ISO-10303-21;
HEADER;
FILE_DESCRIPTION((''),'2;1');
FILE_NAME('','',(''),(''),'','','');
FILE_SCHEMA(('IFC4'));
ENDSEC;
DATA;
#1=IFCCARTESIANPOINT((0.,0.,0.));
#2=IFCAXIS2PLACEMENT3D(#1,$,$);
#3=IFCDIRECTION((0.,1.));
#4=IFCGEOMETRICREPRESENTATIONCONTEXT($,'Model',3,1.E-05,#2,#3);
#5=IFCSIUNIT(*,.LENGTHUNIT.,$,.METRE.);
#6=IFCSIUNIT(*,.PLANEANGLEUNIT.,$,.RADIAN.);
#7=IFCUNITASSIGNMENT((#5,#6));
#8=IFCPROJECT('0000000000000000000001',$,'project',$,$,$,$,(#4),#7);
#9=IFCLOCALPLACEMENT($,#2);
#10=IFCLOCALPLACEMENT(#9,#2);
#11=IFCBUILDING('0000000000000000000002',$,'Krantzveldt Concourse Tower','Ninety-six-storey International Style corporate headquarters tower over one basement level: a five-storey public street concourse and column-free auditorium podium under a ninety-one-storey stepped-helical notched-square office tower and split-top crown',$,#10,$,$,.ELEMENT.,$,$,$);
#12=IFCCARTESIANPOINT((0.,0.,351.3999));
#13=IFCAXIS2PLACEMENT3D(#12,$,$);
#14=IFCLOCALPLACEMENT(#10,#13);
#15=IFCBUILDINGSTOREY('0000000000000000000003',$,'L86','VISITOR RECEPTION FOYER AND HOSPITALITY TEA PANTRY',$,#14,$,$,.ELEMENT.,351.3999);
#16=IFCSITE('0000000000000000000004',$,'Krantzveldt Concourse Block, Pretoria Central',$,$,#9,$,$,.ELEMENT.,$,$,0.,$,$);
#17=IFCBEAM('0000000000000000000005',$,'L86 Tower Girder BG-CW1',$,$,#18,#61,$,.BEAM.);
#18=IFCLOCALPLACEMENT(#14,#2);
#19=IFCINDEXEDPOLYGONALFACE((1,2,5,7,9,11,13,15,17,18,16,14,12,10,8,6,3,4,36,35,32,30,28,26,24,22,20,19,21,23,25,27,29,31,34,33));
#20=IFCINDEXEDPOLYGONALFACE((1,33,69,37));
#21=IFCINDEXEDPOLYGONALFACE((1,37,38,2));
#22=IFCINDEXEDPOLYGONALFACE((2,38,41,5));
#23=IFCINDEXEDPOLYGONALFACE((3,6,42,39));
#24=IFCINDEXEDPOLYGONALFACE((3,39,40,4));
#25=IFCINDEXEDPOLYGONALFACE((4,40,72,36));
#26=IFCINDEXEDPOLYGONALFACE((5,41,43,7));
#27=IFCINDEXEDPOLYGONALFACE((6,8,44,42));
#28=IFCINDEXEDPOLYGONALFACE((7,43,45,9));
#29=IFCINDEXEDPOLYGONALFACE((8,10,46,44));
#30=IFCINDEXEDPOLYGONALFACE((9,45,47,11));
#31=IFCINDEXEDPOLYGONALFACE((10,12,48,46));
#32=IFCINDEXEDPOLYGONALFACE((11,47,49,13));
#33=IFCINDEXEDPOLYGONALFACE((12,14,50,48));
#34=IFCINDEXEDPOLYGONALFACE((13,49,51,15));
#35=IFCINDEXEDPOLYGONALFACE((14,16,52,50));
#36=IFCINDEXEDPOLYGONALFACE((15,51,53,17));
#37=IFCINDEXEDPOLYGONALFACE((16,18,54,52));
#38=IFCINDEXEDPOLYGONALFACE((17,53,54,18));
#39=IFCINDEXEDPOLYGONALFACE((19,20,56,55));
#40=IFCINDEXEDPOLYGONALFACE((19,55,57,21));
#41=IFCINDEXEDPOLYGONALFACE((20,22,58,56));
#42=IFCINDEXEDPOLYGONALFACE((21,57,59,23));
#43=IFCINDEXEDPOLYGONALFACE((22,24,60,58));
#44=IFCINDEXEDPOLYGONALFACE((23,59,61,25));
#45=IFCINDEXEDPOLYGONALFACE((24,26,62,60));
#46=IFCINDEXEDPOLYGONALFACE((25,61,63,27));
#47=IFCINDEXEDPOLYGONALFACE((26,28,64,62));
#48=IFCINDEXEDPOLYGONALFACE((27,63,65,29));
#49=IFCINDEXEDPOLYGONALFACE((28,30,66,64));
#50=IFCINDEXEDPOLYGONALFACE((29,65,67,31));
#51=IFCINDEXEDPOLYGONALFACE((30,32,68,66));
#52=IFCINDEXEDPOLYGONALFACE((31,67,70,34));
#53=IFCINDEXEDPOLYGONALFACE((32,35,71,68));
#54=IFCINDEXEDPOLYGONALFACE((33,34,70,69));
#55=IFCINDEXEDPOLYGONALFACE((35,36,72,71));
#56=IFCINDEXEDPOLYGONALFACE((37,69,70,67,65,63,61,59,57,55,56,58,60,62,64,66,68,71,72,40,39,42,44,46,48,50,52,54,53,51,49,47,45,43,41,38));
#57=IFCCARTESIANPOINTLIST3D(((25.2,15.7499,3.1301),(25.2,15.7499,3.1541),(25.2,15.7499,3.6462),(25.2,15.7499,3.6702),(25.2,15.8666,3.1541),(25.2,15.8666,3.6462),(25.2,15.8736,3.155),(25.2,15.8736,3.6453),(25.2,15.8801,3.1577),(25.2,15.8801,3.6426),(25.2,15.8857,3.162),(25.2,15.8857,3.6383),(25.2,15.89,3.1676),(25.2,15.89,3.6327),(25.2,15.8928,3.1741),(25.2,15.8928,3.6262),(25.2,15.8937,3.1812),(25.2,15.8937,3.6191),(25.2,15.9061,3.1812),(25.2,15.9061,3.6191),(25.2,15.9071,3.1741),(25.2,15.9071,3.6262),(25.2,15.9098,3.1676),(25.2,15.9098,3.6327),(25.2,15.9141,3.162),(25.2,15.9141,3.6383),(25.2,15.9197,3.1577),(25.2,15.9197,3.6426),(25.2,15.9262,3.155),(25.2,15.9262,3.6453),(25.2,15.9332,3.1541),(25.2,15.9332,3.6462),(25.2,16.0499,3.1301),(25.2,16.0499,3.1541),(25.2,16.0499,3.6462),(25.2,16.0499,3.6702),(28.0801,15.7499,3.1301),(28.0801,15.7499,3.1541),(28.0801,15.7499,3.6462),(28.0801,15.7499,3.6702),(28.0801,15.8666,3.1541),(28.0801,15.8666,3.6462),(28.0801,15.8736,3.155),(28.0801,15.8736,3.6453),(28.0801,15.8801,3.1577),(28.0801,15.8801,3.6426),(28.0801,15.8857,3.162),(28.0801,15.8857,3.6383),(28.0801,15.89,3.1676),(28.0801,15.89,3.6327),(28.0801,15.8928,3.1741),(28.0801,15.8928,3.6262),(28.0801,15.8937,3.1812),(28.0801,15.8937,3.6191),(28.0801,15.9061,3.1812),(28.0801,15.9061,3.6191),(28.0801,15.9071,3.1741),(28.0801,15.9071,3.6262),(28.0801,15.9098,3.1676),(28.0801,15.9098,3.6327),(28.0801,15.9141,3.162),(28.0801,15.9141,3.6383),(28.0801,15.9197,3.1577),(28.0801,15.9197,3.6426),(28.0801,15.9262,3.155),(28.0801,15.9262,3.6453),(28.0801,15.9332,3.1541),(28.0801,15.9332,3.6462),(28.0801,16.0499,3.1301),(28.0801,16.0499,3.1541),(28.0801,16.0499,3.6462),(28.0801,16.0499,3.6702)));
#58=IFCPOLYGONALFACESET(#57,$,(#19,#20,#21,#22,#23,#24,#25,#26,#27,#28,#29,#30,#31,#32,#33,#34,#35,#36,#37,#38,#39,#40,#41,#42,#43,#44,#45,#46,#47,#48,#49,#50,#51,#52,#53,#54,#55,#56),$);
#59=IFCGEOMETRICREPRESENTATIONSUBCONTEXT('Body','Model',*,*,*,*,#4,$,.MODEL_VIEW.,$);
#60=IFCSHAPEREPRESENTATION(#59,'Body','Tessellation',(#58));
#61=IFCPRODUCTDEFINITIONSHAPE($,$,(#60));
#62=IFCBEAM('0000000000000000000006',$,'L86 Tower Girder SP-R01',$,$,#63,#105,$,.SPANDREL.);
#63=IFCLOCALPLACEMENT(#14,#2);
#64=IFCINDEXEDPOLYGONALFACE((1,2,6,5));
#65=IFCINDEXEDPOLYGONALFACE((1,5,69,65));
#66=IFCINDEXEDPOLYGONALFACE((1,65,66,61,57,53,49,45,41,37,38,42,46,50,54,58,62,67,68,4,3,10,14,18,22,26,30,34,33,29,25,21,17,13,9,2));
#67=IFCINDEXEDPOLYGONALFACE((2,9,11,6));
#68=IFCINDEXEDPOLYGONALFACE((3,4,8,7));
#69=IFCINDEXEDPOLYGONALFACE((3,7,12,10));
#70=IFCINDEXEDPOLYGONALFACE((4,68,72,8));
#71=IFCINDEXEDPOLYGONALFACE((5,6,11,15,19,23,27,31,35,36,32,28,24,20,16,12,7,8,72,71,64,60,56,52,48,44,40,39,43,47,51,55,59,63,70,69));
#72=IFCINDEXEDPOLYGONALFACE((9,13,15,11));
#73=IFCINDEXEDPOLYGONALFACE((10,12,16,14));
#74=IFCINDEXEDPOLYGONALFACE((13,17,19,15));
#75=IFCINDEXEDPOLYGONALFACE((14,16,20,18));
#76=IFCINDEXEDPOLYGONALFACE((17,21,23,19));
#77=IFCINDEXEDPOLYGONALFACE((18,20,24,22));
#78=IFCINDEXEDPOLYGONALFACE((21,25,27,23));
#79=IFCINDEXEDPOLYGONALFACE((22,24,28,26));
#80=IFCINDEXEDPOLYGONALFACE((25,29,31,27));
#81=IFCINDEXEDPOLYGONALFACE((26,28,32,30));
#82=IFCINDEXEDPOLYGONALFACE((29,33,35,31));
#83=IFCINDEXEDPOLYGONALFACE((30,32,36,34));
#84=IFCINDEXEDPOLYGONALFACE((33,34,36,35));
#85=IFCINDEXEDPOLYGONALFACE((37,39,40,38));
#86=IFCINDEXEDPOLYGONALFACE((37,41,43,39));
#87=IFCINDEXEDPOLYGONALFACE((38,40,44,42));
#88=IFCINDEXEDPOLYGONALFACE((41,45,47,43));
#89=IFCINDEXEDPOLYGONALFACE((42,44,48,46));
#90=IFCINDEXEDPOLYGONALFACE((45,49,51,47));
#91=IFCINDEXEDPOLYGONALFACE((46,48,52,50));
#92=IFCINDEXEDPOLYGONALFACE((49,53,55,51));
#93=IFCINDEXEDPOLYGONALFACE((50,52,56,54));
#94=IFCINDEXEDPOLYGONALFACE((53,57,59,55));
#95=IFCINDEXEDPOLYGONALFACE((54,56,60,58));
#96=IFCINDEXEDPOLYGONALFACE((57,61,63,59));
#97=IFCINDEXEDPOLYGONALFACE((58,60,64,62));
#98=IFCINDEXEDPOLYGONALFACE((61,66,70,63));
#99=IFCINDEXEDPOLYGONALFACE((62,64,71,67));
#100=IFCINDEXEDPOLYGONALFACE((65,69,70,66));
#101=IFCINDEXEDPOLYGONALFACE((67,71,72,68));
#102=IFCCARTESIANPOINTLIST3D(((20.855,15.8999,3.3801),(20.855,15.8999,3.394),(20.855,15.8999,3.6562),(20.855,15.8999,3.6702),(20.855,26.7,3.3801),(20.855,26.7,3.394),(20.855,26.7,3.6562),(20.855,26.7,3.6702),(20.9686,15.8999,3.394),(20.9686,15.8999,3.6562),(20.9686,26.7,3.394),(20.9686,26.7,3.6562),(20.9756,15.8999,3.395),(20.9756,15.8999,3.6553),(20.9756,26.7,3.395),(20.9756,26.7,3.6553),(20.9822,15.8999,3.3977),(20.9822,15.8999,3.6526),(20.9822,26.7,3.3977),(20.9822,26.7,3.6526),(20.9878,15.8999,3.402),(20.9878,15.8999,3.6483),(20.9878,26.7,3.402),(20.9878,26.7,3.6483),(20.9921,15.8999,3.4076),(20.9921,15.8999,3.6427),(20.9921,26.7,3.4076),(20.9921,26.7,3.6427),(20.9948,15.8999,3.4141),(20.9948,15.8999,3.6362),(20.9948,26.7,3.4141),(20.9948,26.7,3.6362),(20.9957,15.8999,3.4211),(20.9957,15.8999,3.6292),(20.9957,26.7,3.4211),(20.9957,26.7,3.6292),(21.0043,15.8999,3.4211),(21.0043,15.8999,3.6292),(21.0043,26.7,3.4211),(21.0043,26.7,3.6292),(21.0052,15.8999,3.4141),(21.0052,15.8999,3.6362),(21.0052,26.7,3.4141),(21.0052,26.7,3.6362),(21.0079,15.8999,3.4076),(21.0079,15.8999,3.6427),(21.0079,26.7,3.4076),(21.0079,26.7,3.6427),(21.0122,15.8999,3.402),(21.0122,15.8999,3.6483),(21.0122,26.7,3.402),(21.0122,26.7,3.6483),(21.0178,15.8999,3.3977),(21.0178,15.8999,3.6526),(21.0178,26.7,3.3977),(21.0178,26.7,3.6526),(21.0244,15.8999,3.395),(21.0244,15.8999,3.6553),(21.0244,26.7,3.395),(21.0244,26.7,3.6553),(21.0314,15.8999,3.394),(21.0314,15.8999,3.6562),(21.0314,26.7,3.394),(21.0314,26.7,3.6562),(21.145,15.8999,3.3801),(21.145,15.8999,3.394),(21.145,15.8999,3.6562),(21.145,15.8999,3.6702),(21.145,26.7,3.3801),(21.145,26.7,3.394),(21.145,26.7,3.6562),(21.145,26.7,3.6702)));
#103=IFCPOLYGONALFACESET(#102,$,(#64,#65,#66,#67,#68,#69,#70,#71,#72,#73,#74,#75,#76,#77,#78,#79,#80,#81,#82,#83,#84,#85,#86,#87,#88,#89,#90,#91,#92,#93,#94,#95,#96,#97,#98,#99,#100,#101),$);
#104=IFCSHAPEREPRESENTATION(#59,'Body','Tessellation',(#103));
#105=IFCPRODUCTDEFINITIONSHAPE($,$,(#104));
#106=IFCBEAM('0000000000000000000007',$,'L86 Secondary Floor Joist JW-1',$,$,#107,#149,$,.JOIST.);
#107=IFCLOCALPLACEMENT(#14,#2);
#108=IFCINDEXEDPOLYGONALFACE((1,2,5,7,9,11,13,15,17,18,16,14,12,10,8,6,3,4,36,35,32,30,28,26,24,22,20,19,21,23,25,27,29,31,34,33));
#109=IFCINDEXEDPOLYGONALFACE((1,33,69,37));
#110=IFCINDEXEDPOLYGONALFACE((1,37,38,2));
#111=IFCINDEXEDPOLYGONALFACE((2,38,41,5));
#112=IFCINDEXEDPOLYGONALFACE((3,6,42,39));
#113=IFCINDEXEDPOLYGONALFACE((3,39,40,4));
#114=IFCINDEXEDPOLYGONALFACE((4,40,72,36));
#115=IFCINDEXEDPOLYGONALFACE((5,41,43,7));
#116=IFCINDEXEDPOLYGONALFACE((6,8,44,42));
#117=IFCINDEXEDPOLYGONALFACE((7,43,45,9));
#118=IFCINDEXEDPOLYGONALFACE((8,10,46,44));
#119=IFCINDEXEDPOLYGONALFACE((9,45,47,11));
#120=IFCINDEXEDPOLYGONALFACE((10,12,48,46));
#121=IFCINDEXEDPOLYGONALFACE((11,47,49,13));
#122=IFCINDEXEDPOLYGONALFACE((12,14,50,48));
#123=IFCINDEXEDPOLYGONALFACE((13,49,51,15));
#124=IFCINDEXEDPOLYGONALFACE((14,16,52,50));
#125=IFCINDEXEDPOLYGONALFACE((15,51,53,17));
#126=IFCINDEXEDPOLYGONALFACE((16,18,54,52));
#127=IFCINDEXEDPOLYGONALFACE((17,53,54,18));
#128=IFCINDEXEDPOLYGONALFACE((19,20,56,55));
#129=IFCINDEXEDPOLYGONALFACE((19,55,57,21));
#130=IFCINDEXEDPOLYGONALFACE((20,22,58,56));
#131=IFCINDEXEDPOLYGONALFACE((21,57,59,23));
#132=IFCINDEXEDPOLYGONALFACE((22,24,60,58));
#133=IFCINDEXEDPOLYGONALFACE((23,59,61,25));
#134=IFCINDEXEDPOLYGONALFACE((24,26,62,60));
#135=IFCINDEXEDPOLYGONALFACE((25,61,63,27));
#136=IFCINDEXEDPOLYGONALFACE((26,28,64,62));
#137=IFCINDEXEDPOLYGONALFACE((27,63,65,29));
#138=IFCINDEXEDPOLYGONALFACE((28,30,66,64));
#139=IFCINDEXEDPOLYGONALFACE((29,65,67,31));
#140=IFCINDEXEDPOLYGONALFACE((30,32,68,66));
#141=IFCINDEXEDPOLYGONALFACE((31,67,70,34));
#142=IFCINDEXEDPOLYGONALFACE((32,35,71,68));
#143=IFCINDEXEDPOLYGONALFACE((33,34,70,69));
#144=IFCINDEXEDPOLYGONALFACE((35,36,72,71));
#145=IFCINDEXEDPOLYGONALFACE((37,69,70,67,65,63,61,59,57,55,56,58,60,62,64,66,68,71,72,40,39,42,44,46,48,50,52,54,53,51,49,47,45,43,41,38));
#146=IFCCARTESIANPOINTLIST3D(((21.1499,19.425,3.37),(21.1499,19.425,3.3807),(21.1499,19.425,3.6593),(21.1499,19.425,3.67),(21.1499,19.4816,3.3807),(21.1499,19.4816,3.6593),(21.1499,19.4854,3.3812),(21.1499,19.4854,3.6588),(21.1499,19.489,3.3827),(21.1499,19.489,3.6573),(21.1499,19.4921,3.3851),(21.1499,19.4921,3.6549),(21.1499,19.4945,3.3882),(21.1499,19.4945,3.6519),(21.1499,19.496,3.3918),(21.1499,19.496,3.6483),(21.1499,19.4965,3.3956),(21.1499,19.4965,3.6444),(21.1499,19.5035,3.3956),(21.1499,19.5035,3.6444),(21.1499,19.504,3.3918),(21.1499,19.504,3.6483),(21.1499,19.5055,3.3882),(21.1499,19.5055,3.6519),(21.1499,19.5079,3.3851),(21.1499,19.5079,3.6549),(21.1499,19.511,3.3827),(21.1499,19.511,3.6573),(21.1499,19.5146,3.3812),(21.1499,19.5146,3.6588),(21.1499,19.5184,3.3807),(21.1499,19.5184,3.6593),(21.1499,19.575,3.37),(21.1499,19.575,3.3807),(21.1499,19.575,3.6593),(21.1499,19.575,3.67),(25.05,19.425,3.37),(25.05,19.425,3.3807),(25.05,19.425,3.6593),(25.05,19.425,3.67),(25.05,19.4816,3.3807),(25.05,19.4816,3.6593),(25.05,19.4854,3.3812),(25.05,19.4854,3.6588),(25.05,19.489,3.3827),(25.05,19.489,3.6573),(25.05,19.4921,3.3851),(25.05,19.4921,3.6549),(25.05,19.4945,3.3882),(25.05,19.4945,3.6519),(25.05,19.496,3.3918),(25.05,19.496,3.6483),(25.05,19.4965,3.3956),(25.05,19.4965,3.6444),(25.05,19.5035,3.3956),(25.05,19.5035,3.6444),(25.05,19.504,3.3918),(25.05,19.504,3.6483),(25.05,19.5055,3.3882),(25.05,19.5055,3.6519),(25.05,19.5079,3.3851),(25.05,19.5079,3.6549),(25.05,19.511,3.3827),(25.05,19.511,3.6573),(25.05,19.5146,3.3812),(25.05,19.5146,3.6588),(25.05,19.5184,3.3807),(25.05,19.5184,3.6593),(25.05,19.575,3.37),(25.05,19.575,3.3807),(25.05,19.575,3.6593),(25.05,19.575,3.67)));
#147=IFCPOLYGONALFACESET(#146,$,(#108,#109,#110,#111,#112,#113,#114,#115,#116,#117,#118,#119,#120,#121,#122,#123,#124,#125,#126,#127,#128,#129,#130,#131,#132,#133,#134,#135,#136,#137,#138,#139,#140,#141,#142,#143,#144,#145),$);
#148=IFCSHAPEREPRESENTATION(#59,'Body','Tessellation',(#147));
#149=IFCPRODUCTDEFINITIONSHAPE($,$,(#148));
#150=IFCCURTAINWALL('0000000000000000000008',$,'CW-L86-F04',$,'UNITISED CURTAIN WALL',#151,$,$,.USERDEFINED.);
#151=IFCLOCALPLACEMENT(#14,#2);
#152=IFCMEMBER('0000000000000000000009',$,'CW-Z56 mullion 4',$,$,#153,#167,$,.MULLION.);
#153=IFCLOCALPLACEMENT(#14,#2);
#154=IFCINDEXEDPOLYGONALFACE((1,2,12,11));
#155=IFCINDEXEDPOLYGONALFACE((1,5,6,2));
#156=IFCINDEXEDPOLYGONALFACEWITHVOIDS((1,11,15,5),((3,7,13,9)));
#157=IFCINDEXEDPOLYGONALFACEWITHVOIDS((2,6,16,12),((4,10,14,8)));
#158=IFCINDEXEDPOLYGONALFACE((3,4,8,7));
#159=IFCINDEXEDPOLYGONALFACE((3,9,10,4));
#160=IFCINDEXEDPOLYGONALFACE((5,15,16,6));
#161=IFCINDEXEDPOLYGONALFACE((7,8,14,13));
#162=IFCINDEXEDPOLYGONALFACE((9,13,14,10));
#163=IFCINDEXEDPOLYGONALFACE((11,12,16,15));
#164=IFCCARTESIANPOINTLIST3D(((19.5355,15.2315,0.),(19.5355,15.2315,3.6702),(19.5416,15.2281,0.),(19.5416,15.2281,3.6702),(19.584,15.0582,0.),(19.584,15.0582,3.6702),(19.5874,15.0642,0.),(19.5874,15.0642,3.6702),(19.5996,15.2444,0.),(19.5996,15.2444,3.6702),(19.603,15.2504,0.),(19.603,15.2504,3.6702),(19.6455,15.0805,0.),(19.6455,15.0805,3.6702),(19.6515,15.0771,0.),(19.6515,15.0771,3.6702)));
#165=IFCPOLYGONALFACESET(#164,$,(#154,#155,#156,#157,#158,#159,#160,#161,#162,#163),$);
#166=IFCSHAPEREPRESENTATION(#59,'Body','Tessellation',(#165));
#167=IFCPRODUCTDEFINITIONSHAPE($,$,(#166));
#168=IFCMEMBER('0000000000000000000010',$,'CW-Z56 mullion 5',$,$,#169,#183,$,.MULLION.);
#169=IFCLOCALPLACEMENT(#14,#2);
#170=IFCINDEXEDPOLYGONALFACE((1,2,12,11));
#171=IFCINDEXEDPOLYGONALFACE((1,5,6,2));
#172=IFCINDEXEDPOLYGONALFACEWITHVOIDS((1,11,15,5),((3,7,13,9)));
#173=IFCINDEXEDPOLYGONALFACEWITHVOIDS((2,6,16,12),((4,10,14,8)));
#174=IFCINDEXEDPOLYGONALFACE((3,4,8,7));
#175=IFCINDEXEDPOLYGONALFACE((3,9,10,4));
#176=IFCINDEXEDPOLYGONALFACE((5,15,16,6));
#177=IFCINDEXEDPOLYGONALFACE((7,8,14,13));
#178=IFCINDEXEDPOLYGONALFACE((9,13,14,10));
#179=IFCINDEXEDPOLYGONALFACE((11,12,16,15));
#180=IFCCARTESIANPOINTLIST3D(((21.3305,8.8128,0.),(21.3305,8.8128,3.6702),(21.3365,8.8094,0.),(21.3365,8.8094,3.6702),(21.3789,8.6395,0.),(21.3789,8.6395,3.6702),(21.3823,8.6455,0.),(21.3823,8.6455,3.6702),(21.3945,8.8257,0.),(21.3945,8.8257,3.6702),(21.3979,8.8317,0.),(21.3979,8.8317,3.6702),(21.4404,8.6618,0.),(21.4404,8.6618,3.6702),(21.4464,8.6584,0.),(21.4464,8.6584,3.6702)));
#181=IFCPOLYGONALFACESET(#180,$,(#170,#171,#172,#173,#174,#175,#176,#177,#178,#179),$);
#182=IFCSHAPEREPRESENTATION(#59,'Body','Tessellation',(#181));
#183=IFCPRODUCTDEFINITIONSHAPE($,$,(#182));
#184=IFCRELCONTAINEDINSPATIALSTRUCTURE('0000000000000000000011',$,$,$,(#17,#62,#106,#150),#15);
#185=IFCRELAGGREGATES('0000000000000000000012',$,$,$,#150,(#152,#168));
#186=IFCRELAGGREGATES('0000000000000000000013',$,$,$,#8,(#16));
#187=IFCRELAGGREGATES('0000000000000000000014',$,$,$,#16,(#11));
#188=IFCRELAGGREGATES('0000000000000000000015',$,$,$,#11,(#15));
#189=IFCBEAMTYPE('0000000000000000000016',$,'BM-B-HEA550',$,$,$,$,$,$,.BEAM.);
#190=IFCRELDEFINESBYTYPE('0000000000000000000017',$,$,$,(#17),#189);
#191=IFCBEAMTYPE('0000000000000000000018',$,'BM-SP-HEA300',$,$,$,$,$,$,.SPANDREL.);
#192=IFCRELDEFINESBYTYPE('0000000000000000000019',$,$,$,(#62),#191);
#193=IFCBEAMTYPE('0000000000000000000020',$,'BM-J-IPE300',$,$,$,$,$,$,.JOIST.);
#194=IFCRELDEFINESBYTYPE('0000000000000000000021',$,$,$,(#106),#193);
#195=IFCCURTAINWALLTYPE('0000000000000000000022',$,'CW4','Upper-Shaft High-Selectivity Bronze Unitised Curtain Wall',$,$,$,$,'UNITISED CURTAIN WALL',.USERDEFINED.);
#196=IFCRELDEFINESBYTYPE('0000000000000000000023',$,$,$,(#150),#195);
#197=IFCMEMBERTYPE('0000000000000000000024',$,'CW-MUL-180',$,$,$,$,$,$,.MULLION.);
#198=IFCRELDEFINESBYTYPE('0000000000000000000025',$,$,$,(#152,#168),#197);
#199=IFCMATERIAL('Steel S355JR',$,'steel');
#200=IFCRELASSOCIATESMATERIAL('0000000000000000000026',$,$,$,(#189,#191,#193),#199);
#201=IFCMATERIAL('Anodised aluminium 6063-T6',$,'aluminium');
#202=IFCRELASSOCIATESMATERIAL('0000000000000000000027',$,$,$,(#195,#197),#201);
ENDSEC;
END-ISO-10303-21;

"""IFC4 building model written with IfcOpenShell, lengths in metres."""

from ifc_helpers import new_model, si_unit, direction, frame, origin, origin_2d, place, context, subcontext, project, spatial, hollow_rectangle, i_section, extrude, source, transform, mapped, material, material_profile, profile_set, type_object, type_shapes, element, aggregate, save


model = new_model("IFC4")

# Units and contexts
model_context = context("Model", 3, precision=1e-05, world=origin(), true_north=direction((0.0, 1.0)))
body_context = subcontext(model_context, "Body", "Model", "MODEL_VIEW")
ifc_project = project(units=[si_unit("LENGTHUNIT", "METRE"), si_unit("PLANEANGLEUNIT", "RADIAN")], contexts=[model_context])

# Site, building, storey
site_placement = place(None, origin())
site = spatial("IfcSite", under=ifc_project, at=site_placement, Name="Krantzveldt Concourse Block, Pretoria Central", CompositionType="ELEMENT", RefElevation=0.0)
building_placement = place(site_placement, origin())
building = spatial("IfcBuilding", under=site, at=building_placement, Name="Krantzveldt Concourse Tower", Description="Ninety-six-storey International Style corporate headquarters tower over one basement level: a five-storey public street concourse and column-free auditorium podium under a ninety-one-storey stepped-helical notched-square office tower and split-top crown", CompositionType="ELEMENT")
storey_placement = place(building_placement, frame((0.0, 0.0, 351.3999)))
storey = spatial("IfcBuildingStorey", under=building, at=storey_placement, Name="L86", Description="VISITOR RECEPTION FOYER AND HOSPITALITY TEA PANTRY", CompositionType="ELEMENT", Elevation=351.3999)

# Beams
ifc_material_1 = material(Name="Steel S355JR", Category="steel")
ifc_material_profile_1 = material_profile(ifc_material_1, i_section(OverallWidth=0.3, OverallDepth=0.54, WebThickness=0.0125, FlangeThickness=0.0239, FilletRadius=0.0271, at=origin_2d()), Name="Steel S355JR", Category="steel")
ifc_profile_set_1 = profile_set([ifc_material_profile_1], Name="Steel S355JR - HEA 550")
beam_type_1 = type_object("IfcBeamType", Name="BM-B-HEA550", PredefinedType="BEAM", material=ifc_profile_set_1)
shared_shape_1 = source(origin(), body_context, "Body", "SweptSolid", [
    extrude(i_section(OverallWidth=0.3, OverallDepth=0.54, WebThickness=0.0125, FlangeThickness=0.0239, FilletRadius=0.0271, at=origin_2d()), origin(), (0.0, 0.0, 1.0), 2.8801),
])
beam_1_placement = place(storey_placement, frame((25.2, 15.8999, 3.4001), z_axis=(1.0, 0.0, 0.0), x_axis=(0.0, 1.0, 0.0)))
element("IfcBeam", 1, at=beam_1_placement, inside=storey, type_object=beam_type_1, Name="L86 Tower Girder BG-CW1", PredefinedType="BEAM", context=body_context, shape_type="MappedRepresentation", body=[
    mapped(shared_shape_1, transform((0.0, 0.0, 0.0), x_axis=(1.0, 0.0, 0.0), y_axis=(0.0, 1.0, 0.0), z_axis=(0.0, 0.0, 1.0), scale=1.0)),
])
ifc_material_profile_2 = material_profile(ifc_material_1, i_section(OverallWidth=0.29, OverallDepth=0.29, WebThickness=0.0085, FlangeThickness=0.0139, FilletRadius=0.0271, at=origin_2d()), Name="Steel S355JR", Category="steel")
ifc_profile_set_2 = profile_set([ifc_material_profile_2], Name="Steel S355JR - HEA 300")
beam_type_2 = type_object("IfcBeamType", Name="BM-SP-HEA300", PredefinedType="SPANDREL", material=ifc_profile_set_2)
shared_shape_2 = source(origin(), body_context, "Body", "SweptSolid", [
    extrude(i_section(OverallWidth=0.29, OverallDepth=0.29, WebThickness=0.0085, FlangeThickness=0.0139, FilletRadius=0.0271, at=origin_2d()), origin(), (0.0, 0.0, 1.0), 10.8),
])
type_shapes(beam_type_2, [shared_shape_2])
beam_2_placement = place(storey_placement, frame((21.0, 15.8999, 3.5251), z_axis=(0.0, 1.0, 0.0), x_axis=(-1.0, 0.0, 0.0)))
element("IfcBeam", 2, at=beam_2_placement, inside=storey, type_object=beam_type_2, Name="L86 Tower Girder SP-R01", PredefinedType="SPANDREL", context=body_context, shape_type="MappedRepresentation", body=[
    mapped(shared_shape_2, transform((0.0, 0.0, 0.0), x_axis=(1.0, 0.0, 0.0), y_axis=(0.0, 1.0, 0.0), z_axis=(0.0, 0.0, 1.0), scale=1.0)),
])
ifc_material_profile_3 = material_profile(ifc_material_1, i_section(OverallWidth=0.1499, OverallDepth=0.3, WebThickness=0.0071, FlangeThickness=0.0107, FilletRadius=0.0149, at=origin_2d()), Name="Steel S355JR", Category="steel")
ifc_profile_set_3 = profile_set([ifc_material_profile_3], Name="Steel S355JR - IPE 300")
beam_type_3 = type_object("IfcBeamType", Name="BM-J-IPE300", PredefinedType="JOIST", material=ifc_profile_set_3)
shared_shape_3 = source(origin(), body_context, "Body", "SweptSolid", [
    extrude(i_section(OverallWidth=0.1499, OverallDepth=0.3, WebThickness=0.0071, FlangeThickness=0.0107, FilletRadius=0.0149, at=origin_2d()), origin(), (0.0, 0.0, 1.0), 3.9001),
])
type_shapes(beam_type_3, [shared_shape_3])
beam_3_placement = place(storey_placement, frame((21.1499, 19.5, 3.52), z_axis=(1.0, 0.0, 0.0), x_axis=(0.0, 1.0, 0.0)))
element("IfcBeam", 3, at=beam_3_placement, inside=storey, type_object=beam_type_3, Name="L86 Secondary Floor Joist JW-1", PredefinedType="JOIST", context=body_context, shape_type="MappedRepresentation", body=[
    mapped(shared_shape_3, transform((0.0, 0.0, 0.0), x_axis=(1.0, 0.0, 0.0), y_axis=(0.0, 1.0, 0.0), z_axis=(0.0, 0.0, 1.0), scale=1.0)),
])

# Curtain wall, members
ifc_material_2 = material(Name="Anodised aluminium 6063-T6", Category="aluminium")
curtain_wall_type = type_object("IfcCurtainWallType", Name="CW4", Description="Upper-Shaft High-Selectivity Bronze Unitised Curtain Wall", ElementType="UNITISED CURTAIN WALL", PredefinedType="USERDEFINED", material=ifc_material_2)
curtain_wall_1_placement = place(storey_placement, origin())
curtain_wall_1 = element("IfcCurtainWall", 4, at=curtain_wall_1_placement, inside=storey, type_object=curtain_wall_type, Name="CW-L86-F04", ObjectType="UNITISED CURTAIN WALL", PredefinedType="USERDEFINED")
ifc_material_profile_4 = material_profile(ifc_material_2, hollow_rectangle(XDim=0.0701, YDim=0.1799, WallThickness=0.0049, at=origin_2d()), Name="Anodised aluminium 6063-T6", Category="aluminium")
ifc_profile_set_4 = profile_set([ifc_material_profile_4], Name="Anodised aluminium 6063-T6 - ALU-MULL 180x70x5")
member_type_1 = type_object("IfcMemberType", Name="CW-MUL-180", PredefinedType="MULLION", material=ifc_profile_set_4)
shared_shape_4 = source(origin(), body_context, "Body", "SweptSolid", [
    extrude(hollow_rectangle(XDim=0.0701, YDim=0.1799, WallThickness=0.0049, at=origin_2d()), origin(), (0.0, 0.0, 1.0), 3.6702),
])
type_shapes(member_type_1, [shared_shape_4])
member_1_placement = place(storey_placement, frame((19.5935, 15.1543, 0.0), z_axis=(0.0, 0.0, 1.0), x_axis=(0.963045, 0.26934, 0.0)))
member_1 = element("IfcMember", 5, at=member_1_placement, type_object=member_type_1, Name="CW-Z56 mullion 4", PredefinedType="MULLION", context=body_context, shape_type="MappedRepresentation", body=[
    mapped(shared_shape_4, transform((0.0, 0.0, 0.0), x_axis=(1.0, 0.0, 0.0), y_axis=(0.0, 1.0, 0.0), z_axis=(0.0, 0.0, 1.0), scale=1.0)),
])
member_2_placement = place(storey_placement, frame((21.3884, 8.7356, 0.0), z_axis=(0.0, 0.0, 1.0), x_axis=(0.963045, 0.26934, 0.0)))
member_2 = element("IfcMember", 6, at=member_2_placement, type_object=member_type_1, Name="CW-Z56 mullion 5", PredefinedType="MULLION", context=body_context, shape_type="MappedRepresentation", body=[
    mapped(shared_shape_4, transform((0.0, 0.0, 0.0), x_axis=(1.0, 0.0, 0.0), y_axis=(0.0, 1.0, 0.0), z_axis=(0.0, 0.0, 1.0), scale=1.0)),
])

aggregate(curtain_wall_1, [member_1, member_2])

save(model, "model.ifc")
